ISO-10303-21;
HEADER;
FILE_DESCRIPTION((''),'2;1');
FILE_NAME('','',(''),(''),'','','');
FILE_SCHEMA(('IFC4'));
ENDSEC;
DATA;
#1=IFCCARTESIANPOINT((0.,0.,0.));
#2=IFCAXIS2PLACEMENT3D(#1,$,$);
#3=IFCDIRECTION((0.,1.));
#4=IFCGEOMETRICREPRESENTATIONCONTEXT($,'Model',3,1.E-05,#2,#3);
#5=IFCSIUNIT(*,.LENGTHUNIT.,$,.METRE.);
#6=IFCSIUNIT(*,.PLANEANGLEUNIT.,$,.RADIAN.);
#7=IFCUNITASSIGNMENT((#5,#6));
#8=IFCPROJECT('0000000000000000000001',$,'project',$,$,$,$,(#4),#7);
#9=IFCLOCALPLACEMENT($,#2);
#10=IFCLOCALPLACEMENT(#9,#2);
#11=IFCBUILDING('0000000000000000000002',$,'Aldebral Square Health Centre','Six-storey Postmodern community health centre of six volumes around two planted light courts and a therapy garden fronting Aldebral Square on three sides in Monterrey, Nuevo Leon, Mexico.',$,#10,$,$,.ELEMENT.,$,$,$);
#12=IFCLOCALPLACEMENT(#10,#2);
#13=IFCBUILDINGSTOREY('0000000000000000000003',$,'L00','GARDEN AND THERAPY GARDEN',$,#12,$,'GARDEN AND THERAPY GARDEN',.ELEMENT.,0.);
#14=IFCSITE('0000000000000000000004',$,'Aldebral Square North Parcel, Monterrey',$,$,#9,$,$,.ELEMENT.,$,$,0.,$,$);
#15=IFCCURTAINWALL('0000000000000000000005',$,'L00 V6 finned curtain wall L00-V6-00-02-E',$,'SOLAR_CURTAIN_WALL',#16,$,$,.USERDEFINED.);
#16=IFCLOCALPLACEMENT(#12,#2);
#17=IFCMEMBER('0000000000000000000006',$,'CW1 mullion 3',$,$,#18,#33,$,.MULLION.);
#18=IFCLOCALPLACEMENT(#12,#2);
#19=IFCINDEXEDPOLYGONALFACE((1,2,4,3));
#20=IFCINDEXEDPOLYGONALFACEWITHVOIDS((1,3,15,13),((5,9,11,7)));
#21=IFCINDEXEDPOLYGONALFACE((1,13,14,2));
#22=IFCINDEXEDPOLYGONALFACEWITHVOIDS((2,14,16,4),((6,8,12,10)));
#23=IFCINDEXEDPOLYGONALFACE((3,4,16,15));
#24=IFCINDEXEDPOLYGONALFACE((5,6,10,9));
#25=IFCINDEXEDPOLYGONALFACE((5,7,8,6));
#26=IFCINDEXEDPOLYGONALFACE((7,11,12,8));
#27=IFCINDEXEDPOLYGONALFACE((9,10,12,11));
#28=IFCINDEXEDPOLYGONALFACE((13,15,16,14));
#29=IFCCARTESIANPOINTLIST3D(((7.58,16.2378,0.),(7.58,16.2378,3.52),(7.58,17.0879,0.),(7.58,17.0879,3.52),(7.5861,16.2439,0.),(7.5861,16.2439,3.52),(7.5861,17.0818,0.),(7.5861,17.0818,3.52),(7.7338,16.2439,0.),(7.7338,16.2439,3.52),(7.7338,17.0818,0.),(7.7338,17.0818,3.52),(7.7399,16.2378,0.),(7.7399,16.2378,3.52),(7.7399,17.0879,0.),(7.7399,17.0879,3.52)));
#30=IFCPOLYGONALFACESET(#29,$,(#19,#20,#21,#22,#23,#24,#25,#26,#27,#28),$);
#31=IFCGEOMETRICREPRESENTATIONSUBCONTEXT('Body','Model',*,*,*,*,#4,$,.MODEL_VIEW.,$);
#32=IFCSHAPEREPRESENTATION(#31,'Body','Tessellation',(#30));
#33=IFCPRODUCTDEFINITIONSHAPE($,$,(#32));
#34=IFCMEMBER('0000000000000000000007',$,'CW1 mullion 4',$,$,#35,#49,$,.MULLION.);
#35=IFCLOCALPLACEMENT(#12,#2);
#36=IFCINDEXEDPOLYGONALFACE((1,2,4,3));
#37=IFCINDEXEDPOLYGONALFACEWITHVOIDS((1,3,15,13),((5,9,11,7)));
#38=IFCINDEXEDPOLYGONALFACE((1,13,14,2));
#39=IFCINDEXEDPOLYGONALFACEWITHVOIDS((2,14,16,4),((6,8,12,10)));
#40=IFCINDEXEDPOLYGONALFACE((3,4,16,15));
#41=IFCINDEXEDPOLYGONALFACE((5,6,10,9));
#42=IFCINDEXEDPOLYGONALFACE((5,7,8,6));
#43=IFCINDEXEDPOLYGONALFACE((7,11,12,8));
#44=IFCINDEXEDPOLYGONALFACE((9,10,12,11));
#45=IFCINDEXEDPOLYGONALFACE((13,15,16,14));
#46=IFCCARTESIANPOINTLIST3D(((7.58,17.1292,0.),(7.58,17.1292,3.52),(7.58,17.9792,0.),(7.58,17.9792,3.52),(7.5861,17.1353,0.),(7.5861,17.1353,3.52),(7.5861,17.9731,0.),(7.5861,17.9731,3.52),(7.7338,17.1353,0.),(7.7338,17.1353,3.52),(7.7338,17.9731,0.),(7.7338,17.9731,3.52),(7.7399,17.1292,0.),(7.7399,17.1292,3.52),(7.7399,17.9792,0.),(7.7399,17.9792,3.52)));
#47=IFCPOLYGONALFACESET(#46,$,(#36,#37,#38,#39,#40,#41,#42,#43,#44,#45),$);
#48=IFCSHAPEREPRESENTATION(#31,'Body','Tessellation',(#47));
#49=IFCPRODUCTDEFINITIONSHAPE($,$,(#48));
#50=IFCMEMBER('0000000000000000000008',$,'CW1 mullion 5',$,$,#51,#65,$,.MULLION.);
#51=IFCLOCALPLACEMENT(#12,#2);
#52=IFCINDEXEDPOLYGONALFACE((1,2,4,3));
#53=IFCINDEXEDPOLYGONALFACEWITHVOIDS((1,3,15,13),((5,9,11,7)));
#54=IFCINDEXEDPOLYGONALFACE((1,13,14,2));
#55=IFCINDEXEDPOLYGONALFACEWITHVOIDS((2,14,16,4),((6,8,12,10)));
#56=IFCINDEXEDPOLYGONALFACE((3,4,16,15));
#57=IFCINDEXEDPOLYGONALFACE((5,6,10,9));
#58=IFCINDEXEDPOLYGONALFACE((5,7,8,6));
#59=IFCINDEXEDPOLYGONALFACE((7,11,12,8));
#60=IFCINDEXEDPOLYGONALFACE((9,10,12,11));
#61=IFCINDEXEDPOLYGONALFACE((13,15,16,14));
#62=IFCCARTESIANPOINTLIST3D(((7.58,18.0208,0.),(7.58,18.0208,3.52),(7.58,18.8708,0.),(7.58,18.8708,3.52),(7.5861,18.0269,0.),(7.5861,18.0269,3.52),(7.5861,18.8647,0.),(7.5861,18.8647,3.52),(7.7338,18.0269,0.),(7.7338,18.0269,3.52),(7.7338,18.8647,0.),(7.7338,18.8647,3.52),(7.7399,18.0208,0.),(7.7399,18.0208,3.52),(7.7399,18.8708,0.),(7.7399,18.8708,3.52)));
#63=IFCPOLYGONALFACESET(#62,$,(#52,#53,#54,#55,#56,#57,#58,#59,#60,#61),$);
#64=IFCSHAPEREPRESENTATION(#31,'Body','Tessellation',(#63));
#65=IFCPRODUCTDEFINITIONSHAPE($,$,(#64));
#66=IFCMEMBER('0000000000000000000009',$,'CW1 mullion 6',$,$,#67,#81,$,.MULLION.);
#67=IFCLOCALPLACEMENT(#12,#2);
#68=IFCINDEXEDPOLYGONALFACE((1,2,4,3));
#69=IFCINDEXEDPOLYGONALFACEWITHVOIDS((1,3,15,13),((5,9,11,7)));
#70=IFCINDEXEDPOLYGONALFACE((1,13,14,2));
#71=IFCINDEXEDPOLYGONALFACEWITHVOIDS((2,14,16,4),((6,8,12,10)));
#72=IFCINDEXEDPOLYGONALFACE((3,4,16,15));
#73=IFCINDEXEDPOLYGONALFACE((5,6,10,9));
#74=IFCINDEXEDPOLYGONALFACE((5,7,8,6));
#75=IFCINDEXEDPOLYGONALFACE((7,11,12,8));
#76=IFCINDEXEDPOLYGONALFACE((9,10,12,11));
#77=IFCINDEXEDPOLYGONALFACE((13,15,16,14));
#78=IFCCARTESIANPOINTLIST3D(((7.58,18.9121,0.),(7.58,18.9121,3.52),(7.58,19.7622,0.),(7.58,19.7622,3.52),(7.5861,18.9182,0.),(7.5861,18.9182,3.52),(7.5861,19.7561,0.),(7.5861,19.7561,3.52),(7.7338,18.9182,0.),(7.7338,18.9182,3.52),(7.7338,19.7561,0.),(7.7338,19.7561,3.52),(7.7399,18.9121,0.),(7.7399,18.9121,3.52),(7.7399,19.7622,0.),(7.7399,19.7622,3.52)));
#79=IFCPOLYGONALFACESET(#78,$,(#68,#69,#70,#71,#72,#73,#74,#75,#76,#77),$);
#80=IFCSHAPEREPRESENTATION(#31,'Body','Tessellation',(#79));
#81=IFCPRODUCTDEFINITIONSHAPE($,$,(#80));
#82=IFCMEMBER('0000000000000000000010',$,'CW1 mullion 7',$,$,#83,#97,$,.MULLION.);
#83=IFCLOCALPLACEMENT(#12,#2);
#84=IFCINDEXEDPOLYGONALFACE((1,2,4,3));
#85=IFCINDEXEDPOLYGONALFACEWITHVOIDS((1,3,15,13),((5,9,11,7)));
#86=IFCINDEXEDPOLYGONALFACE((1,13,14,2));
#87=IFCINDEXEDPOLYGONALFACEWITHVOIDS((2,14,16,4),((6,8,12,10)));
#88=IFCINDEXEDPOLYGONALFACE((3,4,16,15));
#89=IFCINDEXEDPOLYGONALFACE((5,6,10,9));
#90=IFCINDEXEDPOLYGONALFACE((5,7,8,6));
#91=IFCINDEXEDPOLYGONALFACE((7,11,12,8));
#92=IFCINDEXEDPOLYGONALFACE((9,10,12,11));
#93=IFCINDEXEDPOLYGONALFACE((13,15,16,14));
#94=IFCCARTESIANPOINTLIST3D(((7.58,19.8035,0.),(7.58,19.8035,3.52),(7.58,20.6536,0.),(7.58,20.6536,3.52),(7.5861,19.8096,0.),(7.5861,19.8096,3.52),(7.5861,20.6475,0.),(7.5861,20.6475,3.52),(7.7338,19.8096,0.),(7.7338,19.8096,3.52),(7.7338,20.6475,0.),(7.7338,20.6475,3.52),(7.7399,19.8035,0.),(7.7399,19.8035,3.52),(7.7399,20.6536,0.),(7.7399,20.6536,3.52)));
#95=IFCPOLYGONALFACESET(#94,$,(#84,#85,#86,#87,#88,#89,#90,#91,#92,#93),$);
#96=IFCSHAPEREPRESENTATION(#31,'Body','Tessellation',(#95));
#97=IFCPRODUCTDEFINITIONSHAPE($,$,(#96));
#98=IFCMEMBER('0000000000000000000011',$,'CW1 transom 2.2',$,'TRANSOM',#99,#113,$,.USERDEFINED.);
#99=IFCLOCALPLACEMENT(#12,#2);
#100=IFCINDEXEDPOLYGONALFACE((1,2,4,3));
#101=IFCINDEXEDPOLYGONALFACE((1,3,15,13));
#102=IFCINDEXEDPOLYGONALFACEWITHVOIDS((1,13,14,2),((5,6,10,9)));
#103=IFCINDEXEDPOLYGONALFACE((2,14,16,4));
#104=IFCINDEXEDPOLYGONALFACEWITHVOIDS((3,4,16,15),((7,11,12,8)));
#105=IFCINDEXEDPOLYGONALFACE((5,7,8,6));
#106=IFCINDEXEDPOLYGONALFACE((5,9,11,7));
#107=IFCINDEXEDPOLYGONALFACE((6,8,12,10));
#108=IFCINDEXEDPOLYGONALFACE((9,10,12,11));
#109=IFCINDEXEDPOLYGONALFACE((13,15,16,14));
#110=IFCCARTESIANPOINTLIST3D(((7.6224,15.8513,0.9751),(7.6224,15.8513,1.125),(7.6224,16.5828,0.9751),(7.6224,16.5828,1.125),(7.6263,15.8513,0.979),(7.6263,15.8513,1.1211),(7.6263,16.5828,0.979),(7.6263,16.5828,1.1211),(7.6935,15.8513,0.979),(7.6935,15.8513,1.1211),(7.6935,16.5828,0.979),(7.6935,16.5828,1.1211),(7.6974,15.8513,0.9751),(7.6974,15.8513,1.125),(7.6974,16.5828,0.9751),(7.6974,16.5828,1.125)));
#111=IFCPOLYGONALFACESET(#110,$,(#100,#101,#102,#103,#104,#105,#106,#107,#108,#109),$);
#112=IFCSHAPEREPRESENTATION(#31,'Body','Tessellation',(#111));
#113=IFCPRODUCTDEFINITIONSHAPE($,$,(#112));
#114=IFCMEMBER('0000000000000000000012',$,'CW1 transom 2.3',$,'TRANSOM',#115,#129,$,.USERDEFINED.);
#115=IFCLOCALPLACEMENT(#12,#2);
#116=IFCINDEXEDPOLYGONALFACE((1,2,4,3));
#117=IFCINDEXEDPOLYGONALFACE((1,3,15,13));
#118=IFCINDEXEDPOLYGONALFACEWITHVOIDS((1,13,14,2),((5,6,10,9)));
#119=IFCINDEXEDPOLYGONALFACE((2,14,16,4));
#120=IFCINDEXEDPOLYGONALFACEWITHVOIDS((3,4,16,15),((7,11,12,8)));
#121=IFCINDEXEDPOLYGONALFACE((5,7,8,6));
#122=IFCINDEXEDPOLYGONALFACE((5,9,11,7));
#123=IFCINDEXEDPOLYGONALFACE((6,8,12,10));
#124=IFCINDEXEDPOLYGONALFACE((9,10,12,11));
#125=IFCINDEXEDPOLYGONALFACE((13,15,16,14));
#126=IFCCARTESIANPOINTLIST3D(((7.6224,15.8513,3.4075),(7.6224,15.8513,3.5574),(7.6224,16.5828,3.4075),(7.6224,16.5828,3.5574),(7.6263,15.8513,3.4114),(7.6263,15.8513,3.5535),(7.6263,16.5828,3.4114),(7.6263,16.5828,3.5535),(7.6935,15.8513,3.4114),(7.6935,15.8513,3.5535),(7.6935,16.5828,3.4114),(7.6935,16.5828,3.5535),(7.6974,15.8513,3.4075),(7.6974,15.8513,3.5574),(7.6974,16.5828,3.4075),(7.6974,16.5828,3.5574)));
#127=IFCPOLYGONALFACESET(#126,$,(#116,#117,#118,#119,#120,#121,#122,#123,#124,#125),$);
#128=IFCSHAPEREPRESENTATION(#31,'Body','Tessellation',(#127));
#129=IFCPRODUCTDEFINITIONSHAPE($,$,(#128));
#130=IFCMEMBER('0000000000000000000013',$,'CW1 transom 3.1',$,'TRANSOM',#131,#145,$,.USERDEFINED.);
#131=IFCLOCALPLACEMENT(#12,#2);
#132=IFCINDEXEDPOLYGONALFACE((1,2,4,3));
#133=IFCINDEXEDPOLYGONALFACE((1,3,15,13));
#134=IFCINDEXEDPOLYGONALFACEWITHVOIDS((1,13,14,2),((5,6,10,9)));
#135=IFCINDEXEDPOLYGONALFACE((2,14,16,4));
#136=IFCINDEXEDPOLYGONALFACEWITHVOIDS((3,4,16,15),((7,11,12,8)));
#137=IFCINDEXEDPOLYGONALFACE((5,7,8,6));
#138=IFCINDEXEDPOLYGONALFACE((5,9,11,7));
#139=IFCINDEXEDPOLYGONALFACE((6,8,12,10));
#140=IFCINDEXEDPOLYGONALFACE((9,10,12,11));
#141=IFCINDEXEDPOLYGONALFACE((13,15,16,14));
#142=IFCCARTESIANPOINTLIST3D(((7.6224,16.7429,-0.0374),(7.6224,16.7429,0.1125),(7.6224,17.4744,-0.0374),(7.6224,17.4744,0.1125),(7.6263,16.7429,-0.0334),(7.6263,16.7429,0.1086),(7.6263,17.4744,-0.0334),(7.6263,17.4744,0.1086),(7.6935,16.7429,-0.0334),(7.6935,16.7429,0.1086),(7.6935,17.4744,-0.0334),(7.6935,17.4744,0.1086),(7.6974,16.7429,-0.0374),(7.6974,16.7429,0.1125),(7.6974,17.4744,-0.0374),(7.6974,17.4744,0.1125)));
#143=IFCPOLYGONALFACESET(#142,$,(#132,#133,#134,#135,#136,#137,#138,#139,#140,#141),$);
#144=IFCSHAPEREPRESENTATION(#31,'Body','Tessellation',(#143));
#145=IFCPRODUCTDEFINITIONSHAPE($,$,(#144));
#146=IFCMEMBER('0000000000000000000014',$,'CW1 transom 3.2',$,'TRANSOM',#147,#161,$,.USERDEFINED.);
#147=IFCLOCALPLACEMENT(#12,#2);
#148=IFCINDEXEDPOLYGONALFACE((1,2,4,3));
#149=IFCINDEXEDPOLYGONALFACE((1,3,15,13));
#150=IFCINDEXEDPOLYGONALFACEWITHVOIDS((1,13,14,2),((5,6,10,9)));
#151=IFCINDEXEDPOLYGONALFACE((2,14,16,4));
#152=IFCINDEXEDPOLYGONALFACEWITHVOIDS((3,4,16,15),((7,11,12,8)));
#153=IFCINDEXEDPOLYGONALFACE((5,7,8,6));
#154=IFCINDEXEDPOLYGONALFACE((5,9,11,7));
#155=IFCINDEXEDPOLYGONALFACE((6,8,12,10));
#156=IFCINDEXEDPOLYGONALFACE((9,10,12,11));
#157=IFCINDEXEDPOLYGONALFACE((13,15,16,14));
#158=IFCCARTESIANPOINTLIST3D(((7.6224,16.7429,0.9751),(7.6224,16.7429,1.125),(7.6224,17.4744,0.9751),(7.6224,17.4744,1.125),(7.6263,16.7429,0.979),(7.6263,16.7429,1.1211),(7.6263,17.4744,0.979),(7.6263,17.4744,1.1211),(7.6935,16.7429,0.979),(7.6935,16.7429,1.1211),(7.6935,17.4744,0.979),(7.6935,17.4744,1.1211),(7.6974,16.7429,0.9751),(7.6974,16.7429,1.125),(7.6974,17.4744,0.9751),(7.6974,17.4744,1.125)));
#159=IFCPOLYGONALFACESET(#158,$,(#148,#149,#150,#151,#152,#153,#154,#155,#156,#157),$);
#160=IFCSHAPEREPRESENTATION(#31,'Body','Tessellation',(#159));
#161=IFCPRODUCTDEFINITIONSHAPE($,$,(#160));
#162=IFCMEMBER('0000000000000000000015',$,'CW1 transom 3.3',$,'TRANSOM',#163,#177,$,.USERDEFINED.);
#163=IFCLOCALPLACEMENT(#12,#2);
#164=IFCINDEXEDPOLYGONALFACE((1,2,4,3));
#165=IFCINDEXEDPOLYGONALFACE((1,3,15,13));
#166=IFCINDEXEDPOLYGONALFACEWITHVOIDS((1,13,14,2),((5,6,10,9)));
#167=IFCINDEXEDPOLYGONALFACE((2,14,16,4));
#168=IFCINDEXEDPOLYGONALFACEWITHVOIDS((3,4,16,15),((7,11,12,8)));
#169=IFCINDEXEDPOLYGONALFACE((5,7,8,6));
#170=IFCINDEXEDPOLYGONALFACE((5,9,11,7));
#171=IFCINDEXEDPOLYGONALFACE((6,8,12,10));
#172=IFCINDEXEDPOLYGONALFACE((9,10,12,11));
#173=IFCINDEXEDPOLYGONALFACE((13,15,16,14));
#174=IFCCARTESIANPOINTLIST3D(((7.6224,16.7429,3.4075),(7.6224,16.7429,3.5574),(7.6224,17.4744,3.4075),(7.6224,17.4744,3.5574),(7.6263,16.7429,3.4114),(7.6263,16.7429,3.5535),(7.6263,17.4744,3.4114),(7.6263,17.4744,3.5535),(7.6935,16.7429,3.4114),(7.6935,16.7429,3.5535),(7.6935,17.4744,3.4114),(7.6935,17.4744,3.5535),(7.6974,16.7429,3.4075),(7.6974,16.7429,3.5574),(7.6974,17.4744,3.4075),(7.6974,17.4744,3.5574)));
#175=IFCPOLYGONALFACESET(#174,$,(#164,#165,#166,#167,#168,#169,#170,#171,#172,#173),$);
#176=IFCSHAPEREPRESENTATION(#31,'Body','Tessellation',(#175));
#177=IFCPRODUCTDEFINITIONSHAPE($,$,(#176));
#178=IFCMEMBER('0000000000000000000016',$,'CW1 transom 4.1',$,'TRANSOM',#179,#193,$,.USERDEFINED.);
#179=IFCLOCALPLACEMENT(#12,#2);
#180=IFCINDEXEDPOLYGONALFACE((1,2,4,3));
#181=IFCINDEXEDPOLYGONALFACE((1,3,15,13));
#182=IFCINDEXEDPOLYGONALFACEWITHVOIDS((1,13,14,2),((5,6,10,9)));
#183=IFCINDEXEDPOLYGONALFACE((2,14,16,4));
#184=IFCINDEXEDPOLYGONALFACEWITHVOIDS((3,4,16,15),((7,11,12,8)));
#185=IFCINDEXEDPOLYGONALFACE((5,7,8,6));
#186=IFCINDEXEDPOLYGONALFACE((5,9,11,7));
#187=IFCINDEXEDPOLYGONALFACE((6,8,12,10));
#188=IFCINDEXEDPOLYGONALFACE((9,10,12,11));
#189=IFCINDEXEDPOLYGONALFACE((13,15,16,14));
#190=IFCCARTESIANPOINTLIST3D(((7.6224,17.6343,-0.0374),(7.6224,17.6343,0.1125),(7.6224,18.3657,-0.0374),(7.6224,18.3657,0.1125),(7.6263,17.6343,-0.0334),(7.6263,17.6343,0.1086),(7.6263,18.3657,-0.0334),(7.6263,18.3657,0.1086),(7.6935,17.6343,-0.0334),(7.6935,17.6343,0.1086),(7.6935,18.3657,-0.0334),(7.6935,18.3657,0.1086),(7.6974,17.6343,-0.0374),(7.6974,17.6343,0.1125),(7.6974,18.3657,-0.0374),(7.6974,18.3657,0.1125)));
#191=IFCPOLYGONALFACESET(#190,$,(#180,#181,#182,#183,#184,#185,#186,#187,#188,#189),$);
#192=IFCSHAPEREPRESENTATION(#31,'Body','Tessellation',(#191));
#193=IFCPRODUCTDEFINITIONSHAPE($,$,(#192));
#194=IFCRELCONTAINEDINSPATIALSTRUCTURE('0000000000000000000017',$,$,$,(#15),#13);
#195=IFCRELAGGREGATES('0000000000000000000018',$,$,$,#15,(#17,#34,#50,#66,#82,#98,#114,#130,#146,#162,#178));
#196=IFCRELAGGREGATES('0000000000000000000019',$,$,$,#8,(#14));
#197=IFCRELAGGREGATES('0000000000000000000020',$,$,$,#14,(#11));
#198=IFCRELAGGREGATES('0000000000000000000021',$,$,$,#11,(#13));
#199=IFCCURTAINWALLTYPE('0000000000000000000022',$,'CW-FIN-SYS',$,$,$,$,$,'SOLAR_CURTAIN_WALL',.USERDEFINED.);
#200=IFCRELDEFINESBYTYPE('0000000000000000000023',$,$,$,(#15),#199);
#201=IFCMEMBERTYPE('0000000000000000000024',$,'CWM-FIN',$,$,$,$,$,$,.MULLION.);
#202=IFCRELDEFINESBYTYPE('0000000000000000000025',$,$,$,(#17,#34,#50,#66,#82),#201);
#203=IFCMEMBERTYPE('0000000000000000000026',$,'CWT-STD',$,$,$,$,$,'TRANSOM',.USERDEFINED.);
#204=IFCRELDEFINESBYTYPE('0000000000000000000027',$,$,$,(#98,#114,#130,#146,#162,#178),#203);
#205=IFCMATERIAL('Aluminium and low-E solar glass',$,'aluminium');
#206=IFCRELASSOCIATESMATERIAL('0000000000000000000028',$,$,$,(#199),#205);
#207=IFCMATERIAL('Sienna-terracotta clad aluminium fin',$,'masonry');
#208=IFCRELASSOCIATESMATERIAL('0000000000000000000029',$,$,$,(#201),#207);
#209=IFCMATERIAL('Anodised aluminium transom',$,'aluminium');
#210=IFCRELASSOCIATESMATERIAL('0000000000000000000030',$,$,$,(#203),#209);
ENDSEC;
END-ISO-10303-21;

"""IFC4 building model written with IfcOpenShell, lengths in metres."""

from ifc_helpers import new_model, si_unit, direction, frame, origin, origin_2d, place, context, subcontext, project, spatial, hollow_rectangle, extrude, material, material_profile, profile_set, type_object, element, aggregate, save


model = new_model("IFC4")

# Units and contexts
model_context = context("Model", 3, precision=1e-05, world=origin(), true_north=direction((0.0, 1.0)))
body_context = subcontext(model_context, "Body", "Model", "MODEL_VIEW")
ifc_project = project(units=[si_unit("LENGTHUNIT", "METRE"), si_unit("PLANEANGLEUNIT", "RADIAN")], contexts=[model_context])

# Site, building, storey
site_placement = place(None, origin())
site = spatial("IfcSite", under=ifc_project, at=site_placement, Name="Aldebral Square North Parcel, Monterrey", CompositionType="ELEMENT", RefElevation=0.0)
building_placement = place(site_placement, origin())
building = spatial("IfcBuilding", under=site, at=building_placement, Name="Aldebral Square Health Centre", Description="Six-storey Postmodern community health centre of six volumes around two planted light courts and a therapy garden fronting Aldebral Square on three sides in Monterrey, Nuevo Leon, Mexico.", CompositionType="ELEMENT")
storey_placement = place(building_placement, origin())
storey = spatial("IfcBuildingStorey", under=building, at=storey_placement, Name="L00", Description="GARDEN AND THERAPY GARDEN", LongName="GARDEN AND THERAPY GARDEN", CompositionType="ELEMENT", Elevation=0.0)

# Curtain wall, members
ifc_material_1 = material(Name="Aluminium and low-E solar glass", Category="aluminium")
curtain_wall_type = type_object("IfcCurtainWallType", Name="CW-FIN-SYS", ElementType="SOLAR_CURTAIN_WALL", PredefinedType="USERDEFINED", material=ifc_material_1)
curtain_wall_placement = place(storey_placement, origin())
curtain_wall = element("IfcCurtainWall", 1, at=curtain_wall_placement, inside=storey, type_object=curtain_wall_type, Name="L00 V6 finned curtain wall L00-V6-00-02-E", ObjectType="SOLAR_CURTAIN_WALL", PredefinedType="USERDEFINED")
ifc_material_2 = material(Name="Sienna-terracotta clad aluminium fin", Category="masonry")
ifc_material_profile_1 = material_profile(ifc_material_2, hollow_rectangle(XDim=0.1599, YDim=0.8501, WallThickness=0.0061, at=origin_2d()), Name="FIN 160x850x6")
ifc_profile_set_1 = profile_set([ifc_material_profile_1], Name="Sienna-terracotta clad aluminium fin")
member_type_1 = type_object("IfcMemberType", Name="CWM-FIN", PredefinedType="MULLION", material=ifc_profile_set_1)
member_1_placement = place(storey_placement, frame((7.6599, 16.6628, 0.0), z_axis=(0.0, 0.0, 1.0), x_axis=(-1.0, 0.0, 0.0)))
member_1 = element("IfcMember", 2, at=member_1_placement, type_object=member_type_1, Name="CW1 mullion 3", PredefinedType="MULLION", context=body_context, shape_type="SweptSolid", body=[
    extrude(hollow_rectangle(XDim=0.1599, YDim=0.8501, WallThickness=0.0061, at=origin_2d()), origin(), (0.0, 0.0, 1.0), 3.52),
])
member_2_placement = place(storey_placement, frame((7.6599, 17.5542, 0.0), z_axis=(0.0, 0.0, 1.0), x_axis=(-1.0, 0.0, 0.0)))
member_2 = element("IfcMember", 3, at=member_2_placement, type_object=member_type_1, Name="CW1 mullion 4", PredefinedType="MULLION", context=body_context, shape_type="SweptSolid", body=[
    extrude(hollow_rectangle(XDim=0.1599, YDim=0.8501, WallThickness=0.0061, at=origin_2d()), origin(), (0.0, 0.0, 1.0), 3.52),
])
member_3_placement = place(storey_placement, frame((7.6599, 18.4458, 0.0), z_axis=(0.0, 0.0, 1.0), x_axis=(-1.0, 0.0, 0.0)))
member_3 = element("IfcMember", 4, at=member_3_placement, type_object=member_type_1, Name="CW1 mullion 5", PredefinedType="MULLION", context=body_context, shape_type="SweptSolid", body=[
    extrude(hollow_rectangle(XDim=0.1599, YDim=0.8501, WallThickness=0.0061, at=origin_2d()), origin(), (0.0, 0.0, 1.0), 3.52),
])
member_4_placement = place(storey_placement, frame((7.6599, 19.3372, 0.0), z_axis=(0.0, 0.0, 1.0), x_axis=(-1.0, 0.0, 0.0)))
member_4 = element("IfcMember", 5, at=member_4_placement, type_object=member_type_1, Name="CW1 mullion 6", PredefinedType="MULLION", context=body_context, shape_type="SweptSolid", body=[
    extrude(hollow_rectangle(XDim=0.1599, YDim=0.8501, WallThickness=0.0061, at=origin_2d()), origin(), (0.0, 0.0, 1.0), 3.52),
])
member_5_placement = place(storey_placement, frame((7.6599, 20.2285, 0.0), z_axis=(0.0, 0.0, 1.0), x_axis=(-1.0, 0.0, 0.0)))
member_5 = element("IfcMember", 6, at=member_5_placement, type_object=member_type_1, Name="CW1 mullion 7", PredefinedType="MULLION", context=body_context, shape_type="SweptSolid", body=[
    extrude(hollow_rectangle(XDim=0.1599, YDim=0.8501, WallThickness=0.0061, at=origin_2d()), origin(), (0.0, 0.0, 1.0), 3.52),
])
ifc_material_3 = material(Name="Anodised aluminium transom", Category="aluminium")
ifc_material_profile_2 = material_profile(ifc_material_3, hollow_rectangle(XDim=0.075, YDim=0.1499, WallThickness=0.0039, at=origin_2d()), Name="CWT 75x150x4")
ifc_profile_set_2 = profile_set([ifc_material_profile_2], Name="Anodised aluminium transom")
member_type_2 = type_object("IfcMemberType", Name="CWT-STD", ElementType="TRANSOM", PredefinedType="USERDEFINED", material=ifc_profile_set_2)
member_6_placement = place(storey_placement, frame((7.6599, 15.8513, 1.05), z_axis=(0.0, 1.0, 0.0), x_axis=(-1.0, 0.0, 0.0)))
member_6 = element("IfcMember", 7, at=member_6_placement, type_object=member_type_2, Name="CW1 transom 2.2", ObjectType="TRANSOM", PredefinedType="USERDEFINED", context=body_context, shape_type="SweptSolid", body=[
    extrude(hollow_rectangle(XDim=0.075, YDim=0.1499, WallThickness=0.0039, at=origin_2d()), origin(), (0.0, 0.0, 1.0), 0.7314),
])
member_7_placement = place(storey_placement, frame((7.6599, 15.8513, 3.4824), z_axis=(0.0, 1.0, 0.0), x_axis=(-1.0, 0.0, 0.0)))
member_7 = element("IfcMember", 8, at=member_7_placement, type_object=member_type_2, Name="CW1 transom 2.3", ObjectType="TRANSOM", PredefinedType="USERDEFINED", context=body_context, shape_type="SweptSolid", body=[
    extrude(hollow_rectangle(XDim=0.075, YDim=0.1499, WallThickness=0.0039, at=origin_2d()), origin(), (0.0, 0.0, 1.0), 0.7314),
])
member_8_placement = place(storey_placement, frame((7.6599, 16.7429, 0.0376), z_axis=(0.0, 1.0, 0.0), x_axis=(-1.0, 0.0, 0.0)))
member_8 = element("IfcMember", 9, at=member_8_placement, type_object=member_type_2, Name="CW1 transom 3.1", ObjectType="TRANSOM", PredefinedType="USERDEFINED", context=body_context, shape_type="SweptSolid", body=[
    extrude(hollow_rectangle(XDim=0.075, YDim=0.1499, WallThickness=0.0039, at=origin_2d()), origin(), (0.0, 0.0, 1.0), 0.7314),
])
member_9_placement = place(storey_placement, frame((7.6599, 16.7429, 1.05), z_axis=(0.0, 1.0, 0.0), x_axis=(-1.0, 0.0, 0.0)))
member_9 = element("IfcMember", 10, at=member_9_placement, type_object=member_type_2, Name="CW1 transom 3.2", ObjectType="TRANSOM", PredefinedType="USERDEFINED", context=body_context, shape_type="SweptSolid", body=[
    extrude(hollow_rectangle(XDim=0.075, YDim=0.1499, WallThickness=0.0039, at=origin_2d()), origin(), (0.0, 0.0, 1.0), 0.7314),
])
member_10_placement = place(storey_placement, frame((7.6599, 16.7429, 3.4824), z_axis=(0.0, 1.0, 0.0), x_axis=(-1.0, 0.0, 0.0)))
member_10 = element("IfcMember", 11, at=member_10_placement, type_object=member_type_2, Name="CW1 transom 3.3", ObjectType="TRANSOM", PredefinedType="USERDEFINED", context=body_context, shape_type="SweptSolid", body=[
    extrude(hollow_rectangle(XDim=0.075, YDim=0.1499, WallThickness=0.0039, at=origin_2d()), origin(), (0.0, 0.0, 1.0), 0.7314),
])
member_11_placement = place(storey_placement, frame((7.6599, 17.6343, 0.0376), z_axis=(0.0, 1.0, 0.0), x_axis=(-1.0, 0.0, 0.0)))
member_11 = element("IfcMember", 12, at=member_11_placement, type_object=member_type_2, Name="CW1 transom 4.1", ObjectType="TRANSOM", PredefinedType="USERDEFINED", context=body_context, shape_type="SweptSolid", body=[
    extrude(hollow_rectangle(XDim=0.075, YDim=0.1499, WallThickness=0.0039, at=origin_2d()), origin(), (0.0, 0.0, 1.0), 0.7314),
])
aggregate(curtain_wall, [member_1, member_2, member_3, member_4, member_5, member_6, member_7, member_8, member_9, member_10, member_11])

save(model, "model.ifc")
